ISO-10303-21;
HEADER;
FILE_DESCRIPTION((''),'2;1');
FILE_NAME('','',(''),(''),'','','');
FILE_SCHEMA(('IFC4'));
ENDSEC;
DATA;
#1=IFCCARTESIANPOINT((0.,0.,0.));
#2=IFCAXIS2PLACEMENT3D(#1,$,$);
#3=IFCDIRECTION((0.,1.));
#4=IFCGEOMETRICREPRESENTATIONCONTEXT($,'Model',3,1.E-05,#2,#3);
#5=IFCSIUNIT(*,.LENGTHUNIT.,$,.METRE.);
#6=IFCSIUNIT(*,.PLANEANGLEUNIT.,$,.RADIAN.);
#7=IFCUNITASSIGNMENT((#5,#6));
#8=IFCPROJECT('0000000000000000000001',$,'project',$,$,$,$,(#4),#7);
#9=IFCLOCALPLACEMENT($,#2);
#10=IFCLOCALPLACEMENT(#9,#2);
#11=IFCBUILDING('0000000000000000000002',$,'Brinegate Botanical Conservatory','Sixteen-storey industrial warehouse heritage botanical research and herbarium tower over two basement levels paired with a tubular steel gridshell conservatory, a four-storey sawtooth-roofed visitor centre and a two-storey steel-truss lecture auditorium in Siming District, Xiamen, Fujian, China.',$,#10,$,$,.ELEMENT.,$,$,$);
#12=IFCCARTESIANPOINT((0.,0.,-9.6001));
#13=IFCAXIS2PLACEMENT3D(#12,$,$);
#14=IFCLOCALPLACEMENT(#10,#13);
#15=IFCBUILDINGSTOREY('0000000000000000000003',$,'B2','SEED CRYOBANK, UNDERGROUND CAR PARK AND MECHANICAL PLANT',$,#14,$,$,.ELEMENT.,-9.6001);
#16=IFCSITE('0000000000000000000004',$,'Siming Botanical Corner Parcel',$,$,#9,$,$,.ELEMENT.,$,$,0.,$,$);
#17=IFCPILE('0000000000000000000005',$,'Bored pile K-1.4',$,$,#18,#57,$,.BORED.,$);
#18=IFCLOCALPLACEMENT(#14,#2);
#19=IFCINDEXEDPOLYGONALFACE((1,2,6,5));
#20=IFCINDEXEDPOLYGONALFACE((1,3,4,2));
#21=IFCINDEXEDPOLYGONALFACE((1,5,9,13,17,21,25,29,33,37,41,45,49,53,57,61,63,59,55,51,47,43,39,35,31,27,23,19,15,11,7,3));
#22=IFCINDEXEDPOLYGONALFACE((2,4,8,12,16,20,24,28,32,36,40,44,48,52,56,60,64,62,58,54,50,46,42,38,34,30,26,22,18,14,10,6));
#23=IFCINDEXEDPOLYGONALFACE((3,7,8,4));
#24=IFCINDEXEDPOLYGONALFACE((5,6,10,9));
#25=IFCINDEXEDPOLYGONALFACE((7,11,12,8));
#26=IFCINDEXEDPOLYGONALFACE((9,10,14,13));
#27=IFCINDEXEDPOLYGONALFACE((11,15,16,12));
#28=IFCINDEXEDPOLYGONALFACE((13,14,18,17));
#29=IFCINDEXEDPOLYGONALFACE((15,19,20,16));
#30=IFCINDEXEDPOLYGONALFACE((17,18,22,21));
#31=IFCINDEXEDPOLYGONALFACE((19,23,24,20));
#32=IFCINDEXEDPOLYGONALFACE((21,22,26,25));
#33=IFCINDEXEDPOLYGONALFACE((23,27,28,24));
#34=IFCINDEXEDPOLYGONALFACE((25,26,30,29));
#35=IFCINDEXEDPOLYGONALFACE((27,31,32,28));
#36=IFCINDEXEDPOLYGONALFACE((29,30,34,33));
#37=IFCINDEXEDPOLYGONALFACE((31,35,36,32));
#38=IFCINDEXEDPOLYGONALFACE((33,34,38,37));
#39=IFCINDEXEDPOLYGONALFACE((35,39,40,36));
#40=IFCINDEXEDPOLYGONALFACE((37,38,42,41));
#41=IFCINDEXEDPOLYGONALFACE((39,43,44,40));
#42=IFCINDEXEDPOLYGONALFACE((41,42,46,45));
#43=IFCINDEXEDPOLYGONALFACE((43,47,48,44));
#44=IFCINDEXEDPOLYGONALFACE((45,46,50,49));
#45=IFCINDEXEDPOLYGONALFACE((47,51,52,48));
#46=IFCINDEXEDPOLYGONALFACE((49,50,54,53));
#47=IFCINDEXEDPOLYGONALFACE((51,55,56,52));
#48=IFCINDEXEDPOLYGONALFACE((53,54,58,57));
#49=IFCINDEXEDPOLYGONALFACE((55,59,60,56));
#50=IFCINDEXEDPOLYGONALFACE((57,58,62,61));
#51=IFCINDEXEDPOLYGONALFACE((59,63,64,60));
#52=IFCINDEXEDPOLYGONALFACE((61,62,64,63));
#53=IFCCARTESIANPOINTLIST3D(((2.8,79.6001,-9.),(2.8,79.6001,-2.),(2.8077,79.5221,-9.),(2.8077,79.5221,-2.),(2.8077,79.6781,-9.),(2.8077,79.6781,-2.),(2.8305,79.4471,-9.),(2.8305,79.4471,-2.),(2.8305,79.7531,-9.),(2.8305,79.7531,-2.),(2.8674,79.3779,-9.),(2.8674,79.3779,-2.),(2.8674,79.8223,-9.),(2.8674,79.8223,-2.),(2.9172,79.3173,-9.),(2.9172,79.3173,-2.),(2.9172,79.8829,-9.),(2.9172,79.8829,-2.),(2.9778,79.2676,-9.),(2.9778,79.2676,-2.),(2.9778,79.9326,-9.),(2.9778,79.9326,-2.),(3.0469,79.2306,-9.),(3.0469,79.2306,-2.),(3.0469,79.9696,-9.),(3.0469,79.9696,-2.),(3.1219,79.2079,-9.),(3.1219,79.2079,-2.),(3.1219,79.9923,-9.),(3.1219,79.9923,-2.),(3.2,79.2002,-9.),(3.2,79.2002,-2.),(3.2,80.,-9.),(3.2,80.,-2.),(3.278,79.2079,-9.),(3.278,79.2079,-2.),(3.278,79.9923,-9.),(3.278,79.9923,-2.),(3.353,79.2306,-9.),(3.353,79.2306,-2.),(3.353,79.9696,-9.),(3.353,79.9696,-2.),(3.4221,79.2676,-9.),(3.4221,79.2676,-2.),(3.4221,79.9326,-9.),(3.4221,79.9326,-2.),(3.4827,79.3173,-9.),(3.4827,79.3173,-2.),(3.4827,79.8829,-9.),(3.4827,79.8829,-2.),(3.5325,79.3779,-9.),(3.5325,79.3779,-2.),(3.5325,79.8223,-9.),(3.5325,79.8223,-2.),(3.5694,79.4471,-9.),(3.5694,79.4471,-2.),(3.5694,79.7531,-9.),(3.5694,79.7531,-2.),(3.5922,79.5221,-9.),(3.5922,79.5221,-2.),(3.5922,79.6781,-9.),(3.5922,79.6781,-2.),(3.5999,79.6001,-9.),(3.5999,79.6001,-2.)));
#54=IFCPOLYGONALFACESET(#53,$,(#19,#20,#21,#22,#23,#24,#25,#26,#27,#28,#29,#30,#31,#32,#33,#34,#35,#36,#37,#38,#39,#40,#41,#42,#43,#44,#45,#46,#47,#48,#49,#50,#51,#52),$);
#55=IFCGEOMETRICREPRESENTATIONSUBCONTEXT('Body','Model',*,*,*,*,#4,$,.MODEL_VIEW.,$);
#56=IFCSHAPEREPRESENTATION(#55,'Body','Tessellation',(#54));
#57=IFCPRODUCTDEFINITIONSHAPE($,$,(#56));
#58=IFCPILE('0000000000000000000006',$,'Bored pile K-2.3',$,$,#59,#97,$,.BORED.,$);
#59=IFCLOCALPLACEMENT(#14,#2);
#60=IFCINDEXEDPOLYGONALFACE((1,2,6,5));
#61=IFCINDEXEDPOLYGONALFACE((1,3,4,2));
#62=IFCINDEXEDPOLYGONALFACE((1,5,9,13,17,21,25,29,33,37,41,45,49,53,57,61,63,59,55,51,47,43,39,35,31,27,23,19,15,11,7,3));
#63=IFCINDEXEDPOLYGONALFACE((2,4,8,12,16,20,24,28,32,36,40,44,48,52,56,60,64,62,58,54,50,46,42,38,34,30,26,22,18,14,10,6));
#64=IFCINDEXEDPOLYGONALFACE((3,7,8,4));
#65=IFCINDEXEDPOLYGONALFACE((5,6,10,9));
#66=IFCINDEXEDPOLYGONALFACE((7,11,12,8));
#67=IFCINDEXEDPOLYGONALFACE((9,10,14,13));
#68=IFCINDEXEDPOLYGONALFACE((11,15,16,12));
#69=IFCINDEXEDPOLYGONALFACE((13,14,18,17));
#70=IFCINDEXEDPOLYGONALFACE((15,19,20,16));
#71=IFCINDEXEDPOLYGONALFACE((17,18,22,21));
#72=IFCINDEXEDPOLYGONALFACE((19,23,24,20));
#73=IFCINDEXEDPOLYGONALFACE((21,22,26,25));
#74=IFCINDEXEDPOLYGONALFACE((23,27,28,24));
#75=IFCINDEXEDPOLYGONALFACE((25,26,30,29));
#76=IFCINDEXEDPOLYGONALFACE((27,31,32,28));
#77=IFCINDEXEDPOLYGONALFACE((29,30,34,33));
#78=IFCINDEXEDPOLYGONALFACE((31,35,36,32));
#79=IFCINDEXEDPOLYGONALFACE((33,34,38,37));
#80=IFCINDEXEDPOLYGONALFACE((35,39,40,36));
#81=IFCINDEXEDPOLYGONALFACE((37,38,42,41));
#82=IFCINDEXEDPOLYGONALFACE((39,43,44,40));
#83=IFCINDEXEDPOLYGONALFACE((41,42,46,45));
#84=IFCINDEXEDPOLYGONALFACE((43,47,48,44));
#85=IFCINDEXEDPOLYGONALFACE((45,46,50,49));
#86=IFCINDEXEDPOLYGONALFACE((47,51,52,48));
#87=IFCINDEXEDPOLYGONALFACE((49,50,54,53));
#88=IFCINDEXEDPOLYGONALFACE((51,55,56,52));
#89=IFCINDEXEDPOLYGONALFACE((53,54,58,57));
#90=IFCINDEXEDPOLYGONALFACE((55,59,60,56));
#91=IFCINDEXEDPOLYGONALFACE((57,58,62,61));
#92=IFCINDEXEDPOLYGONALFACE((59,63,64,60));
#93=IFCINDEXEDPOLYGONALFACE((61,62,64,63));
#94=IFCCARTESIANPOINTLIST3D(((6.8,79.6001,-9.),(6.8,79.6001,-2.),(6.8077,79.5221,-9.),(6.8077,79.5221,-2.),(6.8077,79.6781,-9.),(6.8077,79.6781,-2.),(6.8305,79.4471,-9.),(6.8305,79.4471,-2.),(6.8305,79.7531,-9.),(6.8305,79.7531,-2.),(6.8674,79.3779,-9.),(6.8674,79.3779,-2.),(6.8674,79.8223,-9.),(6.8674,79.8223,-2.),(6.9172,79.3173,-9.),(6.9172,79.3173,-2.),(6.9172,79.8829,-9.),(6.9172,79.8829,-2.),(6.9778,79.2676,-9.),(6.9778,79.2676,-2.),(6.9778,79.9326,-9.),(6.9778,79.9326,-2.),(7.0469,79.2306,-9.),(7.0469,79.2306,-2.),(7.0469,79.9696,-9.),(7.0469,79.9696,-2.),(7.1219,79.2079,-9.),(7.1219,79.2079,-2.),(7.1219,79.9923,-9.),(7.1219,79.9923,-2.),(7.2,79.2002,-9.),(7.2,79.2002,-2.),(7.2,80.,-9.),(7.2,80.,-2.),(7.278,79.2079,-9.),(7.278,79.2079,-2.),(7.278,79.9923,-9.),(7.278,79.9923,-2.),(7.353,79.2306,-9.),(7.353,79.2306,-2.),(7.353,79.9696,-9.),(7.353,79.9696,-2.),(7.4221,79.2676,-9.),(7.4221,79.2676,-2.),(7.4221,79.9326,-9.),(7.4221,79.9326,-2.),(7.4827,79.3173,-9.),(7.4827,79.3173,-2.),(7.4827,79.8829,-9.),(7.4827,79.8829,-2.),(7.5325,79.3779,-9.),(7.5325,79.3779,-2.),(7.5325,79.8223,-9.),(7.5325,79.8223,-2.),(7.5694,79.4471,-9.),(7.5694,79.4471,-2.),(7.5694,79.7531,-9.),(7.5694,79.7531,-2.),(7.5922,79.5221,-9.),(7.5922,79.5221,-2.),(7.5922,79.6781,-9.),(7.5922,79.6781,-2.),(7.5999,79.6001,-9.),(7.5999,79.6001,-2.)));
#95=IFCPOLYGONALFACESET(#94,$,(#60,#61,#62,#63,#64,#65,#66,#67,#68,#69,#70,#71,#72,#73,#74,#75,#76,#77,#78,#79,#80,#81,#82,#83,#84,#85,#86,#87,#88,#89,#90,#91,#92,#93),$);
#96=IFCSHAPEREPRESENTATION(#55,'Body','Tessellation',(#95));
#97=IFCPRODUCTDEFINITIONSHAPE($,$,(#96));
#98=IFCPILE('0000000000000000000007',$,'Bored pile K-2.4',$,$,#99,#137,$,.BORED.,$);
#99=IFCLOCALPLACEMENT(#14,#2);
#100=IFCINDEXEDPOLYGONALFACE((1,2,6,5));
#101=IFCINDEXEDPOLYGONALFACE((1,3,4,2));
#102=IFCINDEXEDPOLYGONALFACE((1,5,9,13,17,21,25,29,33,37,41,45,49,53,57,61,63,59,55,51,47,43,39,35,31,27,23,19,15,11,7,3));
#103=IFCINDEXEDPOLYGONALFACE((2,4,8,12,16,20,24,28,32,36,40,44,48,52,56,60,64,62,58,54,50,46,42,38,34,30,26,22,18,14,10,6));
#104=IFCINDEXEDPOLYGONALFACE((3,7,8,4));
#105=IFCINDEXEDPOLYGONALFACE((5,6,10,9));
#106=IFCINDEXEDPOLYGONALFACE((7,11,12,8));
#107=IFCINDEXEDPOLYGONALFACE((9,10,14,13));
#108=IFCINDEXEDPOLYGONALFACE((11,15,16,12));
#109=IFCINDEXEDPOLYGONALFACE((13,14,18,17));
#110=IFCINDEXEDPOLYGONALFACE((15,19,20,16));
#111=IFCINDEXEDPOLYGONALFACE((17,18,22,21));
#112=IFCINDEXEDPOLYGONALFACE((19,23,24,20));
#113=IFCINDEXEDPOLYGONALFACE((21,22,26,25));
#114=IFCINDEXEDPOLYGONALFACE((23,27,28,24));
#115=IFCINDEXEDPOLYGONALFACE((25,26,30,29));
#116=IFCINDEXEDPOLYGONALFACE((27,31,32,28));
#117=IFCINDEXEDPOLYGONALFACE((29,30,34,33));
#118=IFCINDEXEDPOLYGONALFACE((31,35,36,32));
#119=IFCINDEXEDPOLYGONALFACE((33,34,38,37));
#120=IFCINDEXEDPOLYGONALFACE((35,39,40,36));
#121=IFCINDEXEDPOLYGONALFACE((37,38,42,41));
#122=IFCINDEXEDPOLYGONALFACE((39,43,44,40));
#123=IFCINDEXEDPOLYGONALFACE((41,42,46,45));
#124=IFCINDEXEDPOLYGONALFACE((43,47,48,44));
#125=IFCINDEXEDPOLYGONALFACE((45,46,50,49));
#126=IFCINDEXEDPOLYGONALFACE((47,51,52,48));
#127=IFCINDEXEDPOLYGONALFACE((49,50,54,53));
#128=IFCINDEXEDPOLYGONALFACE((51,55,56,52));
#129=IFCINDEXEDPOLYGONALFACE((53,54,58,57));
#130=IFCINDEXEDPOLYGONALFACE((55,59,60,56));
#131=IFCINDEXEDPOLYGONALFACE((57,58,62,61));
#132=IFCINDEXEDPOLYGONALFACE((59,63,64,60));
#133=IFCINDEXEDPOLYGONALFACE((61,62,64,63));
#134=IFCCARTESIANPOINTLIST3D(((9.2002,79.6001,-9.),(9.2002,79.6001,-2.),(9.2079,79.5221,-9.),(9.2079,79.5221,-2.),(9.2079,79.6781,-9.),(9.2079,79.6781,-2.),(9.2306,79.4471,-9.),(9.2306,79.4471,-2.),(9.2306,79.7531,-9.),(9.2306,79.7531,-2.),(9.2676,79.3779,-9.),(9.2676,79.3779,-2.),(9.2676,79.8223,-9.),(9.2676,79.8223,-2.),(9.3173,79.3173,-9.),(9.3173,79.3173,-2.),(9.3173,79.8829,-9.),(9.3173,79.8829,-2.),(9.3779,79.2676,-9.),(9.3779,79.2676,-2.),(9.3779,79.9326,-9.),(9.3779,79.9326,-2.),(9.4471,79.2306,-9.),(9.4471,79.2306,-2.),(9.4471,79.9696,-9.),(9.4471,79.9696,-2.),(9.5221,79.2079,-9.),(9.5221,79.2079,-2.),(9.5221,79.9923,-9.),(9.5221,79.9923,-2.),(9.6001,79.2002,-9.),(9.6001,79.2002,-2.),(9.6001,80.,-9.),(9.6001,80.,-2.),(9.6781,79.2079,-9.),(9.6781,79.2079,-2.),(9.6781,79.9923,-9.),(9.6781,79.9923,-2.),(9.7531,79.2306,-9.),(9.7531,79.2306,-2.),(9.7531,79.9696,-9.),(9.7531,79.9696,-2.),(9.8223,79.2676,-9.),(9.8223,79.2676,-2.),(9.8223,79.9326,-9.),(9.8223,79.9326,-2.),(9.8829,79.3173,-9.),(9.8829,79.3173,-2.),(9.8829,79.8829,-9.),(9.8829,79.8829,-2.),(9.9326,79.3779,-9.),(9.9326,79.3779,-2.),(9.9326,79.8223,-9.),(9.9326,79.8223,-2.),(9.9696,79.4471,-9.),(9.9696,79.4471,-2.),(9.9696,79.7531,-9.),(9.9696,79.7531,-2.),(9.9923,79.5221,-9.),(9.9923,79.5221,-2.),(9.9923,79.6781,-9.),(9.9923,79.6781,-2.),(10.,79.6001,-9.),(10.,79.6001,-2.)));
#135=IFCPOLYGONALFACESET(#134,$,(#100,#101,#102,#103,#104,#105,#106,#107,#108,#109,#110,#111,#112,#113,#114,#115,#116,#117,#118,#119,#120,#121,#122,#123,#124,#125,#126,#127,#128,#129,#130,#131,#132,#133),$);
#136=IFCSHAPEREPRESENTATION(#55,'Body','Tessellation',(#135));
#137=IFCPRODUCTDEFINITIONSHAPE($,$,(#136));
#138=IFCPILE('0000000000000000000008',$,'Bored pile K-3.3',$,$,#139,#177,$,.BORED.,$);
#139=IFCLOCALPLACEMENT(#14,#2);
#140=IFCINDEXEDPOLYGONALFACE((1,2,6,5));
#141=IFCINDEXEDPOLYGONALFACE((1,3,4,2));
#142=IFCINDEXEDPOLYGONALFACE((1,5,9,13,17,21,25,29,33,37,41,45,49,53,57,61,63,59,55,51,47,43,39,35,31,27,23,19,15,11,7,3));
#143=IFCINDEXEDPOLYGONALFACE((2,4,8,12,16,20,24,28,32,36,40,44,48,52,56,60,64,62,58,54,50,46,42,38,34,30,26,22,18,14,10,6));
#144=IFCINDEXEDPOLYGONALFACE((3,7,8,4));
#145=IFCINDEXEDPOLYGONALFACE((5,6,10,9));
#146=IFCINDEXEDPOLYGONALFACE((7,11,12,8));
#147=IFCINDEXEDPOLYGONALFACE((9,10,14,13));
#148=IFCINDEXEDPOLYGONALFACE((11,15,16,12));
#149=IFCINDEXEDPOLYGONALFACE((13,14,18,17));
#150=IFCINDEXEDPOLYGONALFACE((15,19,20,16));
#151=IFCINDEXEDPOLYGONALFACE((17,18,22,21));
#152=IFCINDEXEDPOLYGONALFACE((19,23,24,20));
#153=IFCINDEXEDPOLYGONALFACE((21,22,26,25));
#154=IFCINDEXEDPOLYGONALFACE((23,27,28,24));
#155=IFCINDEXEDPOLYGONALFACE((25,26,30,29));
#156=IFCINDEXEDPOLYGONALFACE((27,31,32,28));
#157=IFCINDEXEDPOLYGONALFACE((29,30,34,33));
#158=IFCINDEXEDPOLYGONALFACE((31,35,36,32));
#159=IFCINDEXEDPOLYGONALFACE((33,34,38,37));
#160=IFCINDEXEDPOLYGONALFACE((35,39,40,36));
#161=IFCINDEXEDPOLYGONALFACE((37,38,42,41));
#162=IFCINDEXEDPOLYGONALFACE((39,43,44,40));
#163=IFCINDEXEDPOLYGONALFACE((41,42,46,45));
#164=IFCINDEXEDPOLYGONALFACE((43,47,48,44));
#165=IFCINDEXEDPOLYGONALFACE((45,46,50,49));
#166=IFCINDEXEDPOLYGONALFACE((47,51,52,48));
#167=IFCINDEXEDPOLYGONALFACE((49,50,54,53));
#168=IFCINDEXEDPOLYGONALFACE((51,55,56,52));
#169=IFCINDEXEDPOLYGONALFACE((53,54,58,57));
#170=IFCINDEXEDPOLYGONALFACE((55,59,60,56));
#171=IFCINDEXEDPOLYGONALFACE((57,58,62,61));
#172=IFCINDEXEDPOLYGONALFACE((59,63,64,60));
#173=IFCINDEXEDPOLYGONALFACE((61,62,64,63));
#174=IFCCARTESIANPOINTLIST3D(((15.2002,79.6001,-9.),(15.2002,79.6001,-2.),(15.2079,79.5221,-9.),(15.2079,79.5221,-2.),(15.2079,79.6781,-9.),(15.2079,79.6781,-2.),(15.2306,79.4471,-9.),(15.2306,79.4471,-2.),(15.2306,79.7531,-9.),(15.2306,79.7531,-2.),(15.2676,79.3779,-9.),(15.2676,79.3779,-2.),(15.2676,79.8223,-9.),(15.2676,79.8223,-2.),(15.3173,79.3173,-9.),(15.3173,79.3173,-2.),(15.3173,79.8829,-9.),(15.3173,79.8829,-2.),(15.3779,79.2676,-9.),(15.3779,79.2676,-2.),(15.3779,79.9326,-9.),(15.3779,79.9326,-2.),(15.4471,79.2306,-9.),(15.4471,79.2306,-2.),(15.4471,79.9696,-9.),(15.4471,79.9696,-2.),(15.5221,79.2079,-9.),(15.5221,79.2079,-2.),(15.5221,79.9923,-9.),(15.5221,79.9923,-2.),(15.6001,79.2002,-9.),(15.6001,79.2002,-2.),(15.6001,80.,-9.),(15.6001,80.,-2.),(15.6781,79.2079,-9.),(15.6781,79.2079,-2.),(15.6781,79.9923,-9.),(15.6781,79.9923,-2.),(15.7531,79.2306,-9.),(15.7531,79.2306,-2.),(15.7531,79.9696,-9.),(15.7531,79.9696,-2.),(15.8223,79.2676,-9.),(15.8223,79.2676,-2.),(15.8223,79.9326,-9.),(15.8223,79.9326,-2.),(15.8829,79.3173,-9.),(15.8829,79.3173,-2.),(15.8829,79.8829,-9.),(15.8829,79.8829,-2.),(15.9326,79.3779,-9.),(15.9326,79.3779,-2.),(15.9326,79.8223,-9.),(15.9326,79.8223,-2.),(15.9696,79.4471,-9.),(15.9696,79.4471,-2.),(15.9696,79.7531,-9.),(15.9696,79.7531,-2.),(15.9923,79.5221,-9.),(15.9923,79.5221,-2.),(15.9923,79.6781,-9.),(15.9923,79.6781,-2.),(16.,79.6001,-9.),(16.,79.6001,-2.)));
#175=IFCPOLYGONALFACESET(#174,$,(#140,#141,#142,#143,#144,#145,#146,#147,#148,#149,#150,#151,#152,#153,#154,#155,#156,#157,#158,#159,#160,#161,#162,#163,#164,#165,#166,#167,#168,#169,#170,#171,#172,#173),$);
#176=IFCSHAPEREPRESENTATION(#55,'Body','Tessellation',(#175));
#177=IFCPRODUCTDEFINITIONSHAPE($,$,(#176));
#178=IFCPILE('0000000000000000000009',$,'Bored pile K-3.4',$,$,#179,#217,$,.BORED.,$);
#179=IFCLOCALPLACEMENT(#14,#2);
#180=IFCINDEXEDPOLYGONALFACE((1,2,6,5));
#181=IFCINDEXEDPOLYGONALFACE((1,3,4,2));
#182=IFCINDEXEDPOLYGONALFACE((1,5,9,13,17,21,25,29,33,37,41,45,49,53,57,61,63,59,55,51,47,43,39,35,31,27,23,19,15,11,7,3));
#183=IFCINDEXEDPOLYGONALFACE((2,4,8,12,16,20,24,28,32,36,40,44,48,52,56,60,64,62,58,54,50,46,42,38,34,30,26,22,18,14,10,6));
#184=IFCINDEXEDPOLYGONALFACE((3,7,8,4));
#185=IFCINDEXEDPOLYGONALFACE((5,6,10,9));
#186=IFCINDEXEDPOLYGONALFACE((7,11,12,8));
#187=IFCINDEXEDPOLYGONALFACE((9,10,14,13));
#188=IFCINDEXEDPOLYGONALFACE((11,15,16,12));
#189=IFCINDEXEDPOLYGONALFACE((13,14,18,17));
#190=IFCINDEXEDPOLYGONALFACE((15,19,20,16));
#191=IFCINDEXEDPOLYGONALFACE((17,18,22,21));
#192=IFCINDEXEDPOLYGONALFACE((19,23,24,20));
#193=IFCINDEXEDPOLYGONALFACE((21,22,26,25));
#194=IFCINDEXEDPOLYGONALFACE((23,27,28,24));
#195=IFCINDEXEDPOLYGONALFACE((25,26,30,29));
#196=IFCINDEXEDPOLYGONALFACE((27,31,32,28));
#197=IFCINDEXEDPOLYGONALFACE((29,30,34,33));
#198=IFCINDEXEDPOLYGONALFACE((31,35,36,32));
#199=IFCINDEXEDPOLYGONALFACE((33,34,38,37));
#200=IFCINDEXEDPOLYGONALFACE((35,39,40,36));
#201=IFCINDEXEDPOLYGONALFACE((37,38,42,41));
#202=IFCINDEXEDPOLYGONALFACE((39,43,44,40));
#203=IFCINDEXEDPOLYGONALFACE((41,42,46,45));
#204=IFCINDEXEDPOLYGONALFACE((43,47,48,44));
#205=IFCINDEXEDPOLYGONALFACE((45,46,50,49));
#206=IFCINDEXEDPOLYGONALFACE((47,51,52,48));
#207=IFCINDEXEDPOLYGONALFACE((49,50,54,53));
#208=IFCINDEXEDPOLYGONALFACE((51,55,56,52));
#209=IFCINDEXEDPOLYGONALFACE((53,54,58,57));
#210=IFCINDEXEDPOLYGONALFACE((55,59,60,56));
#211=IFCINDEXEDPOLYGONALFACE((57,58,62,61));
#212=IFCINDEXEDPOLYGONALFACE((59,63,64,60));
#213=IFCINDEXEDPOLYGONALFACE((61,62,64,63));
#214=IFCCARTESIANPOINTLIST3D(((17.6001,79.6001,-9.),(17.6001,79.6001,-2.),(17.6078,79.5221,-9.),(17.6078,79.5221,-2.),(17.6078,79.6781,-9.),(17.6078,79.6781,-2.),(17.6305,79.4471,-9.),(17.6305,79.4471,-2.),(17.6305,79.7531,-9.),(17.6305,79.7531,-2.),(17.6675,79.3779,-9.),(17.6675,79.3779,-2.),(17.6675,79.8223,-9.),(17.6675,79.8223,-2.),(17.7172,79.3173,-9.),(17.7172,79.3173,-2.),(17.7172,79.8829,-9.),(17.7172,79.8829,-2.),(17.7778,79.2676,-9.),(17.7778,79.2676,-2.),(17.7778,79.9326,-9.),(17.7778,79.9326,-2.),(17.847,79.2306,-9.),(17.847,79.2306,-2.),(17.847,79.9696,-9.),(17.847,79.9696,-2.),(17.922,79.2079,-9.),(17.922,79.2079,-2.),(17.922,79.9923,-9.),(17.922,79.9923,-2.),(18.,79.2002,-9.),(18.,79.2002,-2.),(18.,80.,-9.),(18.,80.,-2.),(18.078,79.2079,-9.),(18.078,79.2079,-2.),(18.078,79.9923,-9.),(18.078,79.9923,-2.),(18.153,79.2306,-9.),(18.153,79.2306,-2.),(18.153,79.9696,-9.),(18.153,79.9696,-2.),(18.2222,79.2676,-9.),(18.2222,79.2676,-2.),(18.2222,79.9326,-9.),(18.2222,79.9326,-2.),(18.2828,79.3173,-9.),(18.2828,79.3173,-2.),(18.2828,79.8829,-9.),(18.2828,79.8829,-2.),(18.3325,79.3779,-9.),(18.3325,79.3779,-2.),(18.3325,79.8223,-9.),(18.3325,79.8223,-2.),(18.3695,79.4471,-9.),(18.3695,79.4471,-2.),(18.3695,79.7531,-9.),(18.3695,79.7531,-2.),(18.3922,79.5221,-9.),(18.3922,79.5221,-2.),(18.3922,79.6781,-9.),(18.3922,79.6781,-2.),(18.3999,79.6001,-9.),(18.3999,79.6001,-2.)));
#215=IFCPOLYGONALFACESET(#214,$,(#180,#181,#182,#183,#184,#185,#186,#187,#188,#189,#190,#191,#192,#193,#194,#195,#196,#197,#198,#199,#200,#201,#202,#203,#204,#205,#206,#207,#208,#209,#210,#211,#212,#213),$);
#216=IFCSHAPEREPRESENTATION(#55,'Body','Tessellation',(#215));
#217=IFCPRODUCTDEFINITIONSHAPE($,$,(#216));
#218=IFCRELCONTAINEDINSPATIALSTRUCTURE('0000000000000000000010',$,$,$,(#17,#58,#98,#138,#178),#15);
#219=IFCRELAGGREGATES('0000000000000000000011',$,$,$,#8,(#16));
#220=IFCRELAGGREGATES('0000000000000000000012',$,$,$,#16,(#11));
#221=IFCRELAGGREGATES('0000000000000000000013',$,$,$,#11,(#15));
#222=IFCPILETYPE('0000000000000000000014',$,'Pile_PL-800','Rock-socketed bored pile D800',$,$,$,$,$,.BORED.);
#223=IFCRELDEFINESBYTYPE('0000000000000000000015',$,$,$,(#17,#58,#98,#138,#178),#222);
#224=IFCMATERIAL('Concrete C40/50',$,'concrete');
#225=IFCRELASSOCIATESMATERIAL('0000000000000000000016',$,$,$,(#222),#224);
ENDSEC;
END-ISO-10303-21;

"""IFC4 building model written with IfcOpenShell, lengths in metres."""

from ifc_helpers import new_model, si_unit, direction, frame, origin, origin_2d, place, context, subcontext, project, spatial, circle, extrude, material, material_profile, profile_set, type_object, element, save


model = new_model("IFC4")

# Units and contexts
model_context = context("Model", 3, precision=1e-05, world=origin(), true_north=direction((0.0, 1.0)))
body_context = subcontext(model_context, "Body", "Model", "MODEL_VIEW")
ifc_project = project(units=[si_unit("LENGTHUNIT", "METRE"), si_unit("PLANEANGLEUNIT", "RADIAN")], contexts=[model_context])

# Site, building, storey
site_placement = place(None, origin())
site = spatial("IfcSite", under=ifc_project, at=site_placement, Name="Siming Botanical Corner Parcel", CompositionType="ELEMENT", RefElevation=0.0)
building_placement = place(site_placement, origin())
building = spatial("IfcBuilding", under=site, at=building_placement, Name="Brinegate Botanical Conservatory", Description="Sixteen-storey industrial warehouse heritage botanical research and herbarium tower over two basement levels paired with a tubular steel gridshell conservatory, a four-storey sawtooth-roofed visitor centre and a two-storey steel-truss lecture auditorium in Siming District, Xiamen, Fujian, China.", CompositionType="ELEMENT")
storey_placement = place(building_placement, frame((0.0, 0.0, -9.6001)))
storey = spatial("IfcBuildingStorey", under=building, at=storey_placement, Name="B2", Description="SEED CRYOBANK, UNDERGROUND CAR PARK AND MECHANICAL PLANT", CompositionType="ELEMENT", Elevation=-9.6001)

# Shared definitions
ifc_material_1 = material(Name="Concrete C40/50", Category="concrete")

# Piles
ifc_material_profile_1 = material_profile(ifc_material_1, circle(Radius=0.3999, at=origin_2d()), Name="PILE D800")
ifc_profile_set_1 = profile_set([ifc_material_profile_1], Name="Concrete C40/50")
pile_type = type_object("IfcPileType", Name="Pile_PL-800", Description="Rock-socketed bored pile D800", PredefinedType="BORED", material=ifc_profile_set_1)
for number, where, z_axis, x_axis, name in (
    (1, (3.2, 79.6001, -2.0), (0.0, 0.0, -1.0), (1.0, 0.0, 0.0), "Bored pile K-1.4"),
    (2, (7.2, 79.6001, -2.0), (0.0, 0.0, -1.0), (1.0, 0.0, 0.0), "Bored pile K-2.3"),
    (3, (9.6001, 79.6001, -2.0), (0.0, 0.0, -1.0), (1.0, 0.0, 0.0), "Bored pile K-2.4"),
    (4, (15.6001, 79.6001, -2.0), (0.0, 0.0, -1.0), (1.0, 0.0, 0.0), "Bored pile K-3.3"),
    (5, (18.0, 79.6001, -2.0), (0.0, 0.0, -1.0), (1.0, 0.0, 0.0), "Bored pile K-3.4"),
):
    element("IfcPile", number, at=place(storey_placement, frame(where, z_axis=z_axis, x_axis=x_axis)), inside=storey, type_object=pile_type, Name=name, PredefinedType="BORED", context=body_context, shape_type="SweptSolid", body=[
        extrude(circle(Radius=0.3999, at=origin_2d()), origin(), (0.0, 0.0, 1.0), 7.0),
    ])

save(model, "model.ifc")
